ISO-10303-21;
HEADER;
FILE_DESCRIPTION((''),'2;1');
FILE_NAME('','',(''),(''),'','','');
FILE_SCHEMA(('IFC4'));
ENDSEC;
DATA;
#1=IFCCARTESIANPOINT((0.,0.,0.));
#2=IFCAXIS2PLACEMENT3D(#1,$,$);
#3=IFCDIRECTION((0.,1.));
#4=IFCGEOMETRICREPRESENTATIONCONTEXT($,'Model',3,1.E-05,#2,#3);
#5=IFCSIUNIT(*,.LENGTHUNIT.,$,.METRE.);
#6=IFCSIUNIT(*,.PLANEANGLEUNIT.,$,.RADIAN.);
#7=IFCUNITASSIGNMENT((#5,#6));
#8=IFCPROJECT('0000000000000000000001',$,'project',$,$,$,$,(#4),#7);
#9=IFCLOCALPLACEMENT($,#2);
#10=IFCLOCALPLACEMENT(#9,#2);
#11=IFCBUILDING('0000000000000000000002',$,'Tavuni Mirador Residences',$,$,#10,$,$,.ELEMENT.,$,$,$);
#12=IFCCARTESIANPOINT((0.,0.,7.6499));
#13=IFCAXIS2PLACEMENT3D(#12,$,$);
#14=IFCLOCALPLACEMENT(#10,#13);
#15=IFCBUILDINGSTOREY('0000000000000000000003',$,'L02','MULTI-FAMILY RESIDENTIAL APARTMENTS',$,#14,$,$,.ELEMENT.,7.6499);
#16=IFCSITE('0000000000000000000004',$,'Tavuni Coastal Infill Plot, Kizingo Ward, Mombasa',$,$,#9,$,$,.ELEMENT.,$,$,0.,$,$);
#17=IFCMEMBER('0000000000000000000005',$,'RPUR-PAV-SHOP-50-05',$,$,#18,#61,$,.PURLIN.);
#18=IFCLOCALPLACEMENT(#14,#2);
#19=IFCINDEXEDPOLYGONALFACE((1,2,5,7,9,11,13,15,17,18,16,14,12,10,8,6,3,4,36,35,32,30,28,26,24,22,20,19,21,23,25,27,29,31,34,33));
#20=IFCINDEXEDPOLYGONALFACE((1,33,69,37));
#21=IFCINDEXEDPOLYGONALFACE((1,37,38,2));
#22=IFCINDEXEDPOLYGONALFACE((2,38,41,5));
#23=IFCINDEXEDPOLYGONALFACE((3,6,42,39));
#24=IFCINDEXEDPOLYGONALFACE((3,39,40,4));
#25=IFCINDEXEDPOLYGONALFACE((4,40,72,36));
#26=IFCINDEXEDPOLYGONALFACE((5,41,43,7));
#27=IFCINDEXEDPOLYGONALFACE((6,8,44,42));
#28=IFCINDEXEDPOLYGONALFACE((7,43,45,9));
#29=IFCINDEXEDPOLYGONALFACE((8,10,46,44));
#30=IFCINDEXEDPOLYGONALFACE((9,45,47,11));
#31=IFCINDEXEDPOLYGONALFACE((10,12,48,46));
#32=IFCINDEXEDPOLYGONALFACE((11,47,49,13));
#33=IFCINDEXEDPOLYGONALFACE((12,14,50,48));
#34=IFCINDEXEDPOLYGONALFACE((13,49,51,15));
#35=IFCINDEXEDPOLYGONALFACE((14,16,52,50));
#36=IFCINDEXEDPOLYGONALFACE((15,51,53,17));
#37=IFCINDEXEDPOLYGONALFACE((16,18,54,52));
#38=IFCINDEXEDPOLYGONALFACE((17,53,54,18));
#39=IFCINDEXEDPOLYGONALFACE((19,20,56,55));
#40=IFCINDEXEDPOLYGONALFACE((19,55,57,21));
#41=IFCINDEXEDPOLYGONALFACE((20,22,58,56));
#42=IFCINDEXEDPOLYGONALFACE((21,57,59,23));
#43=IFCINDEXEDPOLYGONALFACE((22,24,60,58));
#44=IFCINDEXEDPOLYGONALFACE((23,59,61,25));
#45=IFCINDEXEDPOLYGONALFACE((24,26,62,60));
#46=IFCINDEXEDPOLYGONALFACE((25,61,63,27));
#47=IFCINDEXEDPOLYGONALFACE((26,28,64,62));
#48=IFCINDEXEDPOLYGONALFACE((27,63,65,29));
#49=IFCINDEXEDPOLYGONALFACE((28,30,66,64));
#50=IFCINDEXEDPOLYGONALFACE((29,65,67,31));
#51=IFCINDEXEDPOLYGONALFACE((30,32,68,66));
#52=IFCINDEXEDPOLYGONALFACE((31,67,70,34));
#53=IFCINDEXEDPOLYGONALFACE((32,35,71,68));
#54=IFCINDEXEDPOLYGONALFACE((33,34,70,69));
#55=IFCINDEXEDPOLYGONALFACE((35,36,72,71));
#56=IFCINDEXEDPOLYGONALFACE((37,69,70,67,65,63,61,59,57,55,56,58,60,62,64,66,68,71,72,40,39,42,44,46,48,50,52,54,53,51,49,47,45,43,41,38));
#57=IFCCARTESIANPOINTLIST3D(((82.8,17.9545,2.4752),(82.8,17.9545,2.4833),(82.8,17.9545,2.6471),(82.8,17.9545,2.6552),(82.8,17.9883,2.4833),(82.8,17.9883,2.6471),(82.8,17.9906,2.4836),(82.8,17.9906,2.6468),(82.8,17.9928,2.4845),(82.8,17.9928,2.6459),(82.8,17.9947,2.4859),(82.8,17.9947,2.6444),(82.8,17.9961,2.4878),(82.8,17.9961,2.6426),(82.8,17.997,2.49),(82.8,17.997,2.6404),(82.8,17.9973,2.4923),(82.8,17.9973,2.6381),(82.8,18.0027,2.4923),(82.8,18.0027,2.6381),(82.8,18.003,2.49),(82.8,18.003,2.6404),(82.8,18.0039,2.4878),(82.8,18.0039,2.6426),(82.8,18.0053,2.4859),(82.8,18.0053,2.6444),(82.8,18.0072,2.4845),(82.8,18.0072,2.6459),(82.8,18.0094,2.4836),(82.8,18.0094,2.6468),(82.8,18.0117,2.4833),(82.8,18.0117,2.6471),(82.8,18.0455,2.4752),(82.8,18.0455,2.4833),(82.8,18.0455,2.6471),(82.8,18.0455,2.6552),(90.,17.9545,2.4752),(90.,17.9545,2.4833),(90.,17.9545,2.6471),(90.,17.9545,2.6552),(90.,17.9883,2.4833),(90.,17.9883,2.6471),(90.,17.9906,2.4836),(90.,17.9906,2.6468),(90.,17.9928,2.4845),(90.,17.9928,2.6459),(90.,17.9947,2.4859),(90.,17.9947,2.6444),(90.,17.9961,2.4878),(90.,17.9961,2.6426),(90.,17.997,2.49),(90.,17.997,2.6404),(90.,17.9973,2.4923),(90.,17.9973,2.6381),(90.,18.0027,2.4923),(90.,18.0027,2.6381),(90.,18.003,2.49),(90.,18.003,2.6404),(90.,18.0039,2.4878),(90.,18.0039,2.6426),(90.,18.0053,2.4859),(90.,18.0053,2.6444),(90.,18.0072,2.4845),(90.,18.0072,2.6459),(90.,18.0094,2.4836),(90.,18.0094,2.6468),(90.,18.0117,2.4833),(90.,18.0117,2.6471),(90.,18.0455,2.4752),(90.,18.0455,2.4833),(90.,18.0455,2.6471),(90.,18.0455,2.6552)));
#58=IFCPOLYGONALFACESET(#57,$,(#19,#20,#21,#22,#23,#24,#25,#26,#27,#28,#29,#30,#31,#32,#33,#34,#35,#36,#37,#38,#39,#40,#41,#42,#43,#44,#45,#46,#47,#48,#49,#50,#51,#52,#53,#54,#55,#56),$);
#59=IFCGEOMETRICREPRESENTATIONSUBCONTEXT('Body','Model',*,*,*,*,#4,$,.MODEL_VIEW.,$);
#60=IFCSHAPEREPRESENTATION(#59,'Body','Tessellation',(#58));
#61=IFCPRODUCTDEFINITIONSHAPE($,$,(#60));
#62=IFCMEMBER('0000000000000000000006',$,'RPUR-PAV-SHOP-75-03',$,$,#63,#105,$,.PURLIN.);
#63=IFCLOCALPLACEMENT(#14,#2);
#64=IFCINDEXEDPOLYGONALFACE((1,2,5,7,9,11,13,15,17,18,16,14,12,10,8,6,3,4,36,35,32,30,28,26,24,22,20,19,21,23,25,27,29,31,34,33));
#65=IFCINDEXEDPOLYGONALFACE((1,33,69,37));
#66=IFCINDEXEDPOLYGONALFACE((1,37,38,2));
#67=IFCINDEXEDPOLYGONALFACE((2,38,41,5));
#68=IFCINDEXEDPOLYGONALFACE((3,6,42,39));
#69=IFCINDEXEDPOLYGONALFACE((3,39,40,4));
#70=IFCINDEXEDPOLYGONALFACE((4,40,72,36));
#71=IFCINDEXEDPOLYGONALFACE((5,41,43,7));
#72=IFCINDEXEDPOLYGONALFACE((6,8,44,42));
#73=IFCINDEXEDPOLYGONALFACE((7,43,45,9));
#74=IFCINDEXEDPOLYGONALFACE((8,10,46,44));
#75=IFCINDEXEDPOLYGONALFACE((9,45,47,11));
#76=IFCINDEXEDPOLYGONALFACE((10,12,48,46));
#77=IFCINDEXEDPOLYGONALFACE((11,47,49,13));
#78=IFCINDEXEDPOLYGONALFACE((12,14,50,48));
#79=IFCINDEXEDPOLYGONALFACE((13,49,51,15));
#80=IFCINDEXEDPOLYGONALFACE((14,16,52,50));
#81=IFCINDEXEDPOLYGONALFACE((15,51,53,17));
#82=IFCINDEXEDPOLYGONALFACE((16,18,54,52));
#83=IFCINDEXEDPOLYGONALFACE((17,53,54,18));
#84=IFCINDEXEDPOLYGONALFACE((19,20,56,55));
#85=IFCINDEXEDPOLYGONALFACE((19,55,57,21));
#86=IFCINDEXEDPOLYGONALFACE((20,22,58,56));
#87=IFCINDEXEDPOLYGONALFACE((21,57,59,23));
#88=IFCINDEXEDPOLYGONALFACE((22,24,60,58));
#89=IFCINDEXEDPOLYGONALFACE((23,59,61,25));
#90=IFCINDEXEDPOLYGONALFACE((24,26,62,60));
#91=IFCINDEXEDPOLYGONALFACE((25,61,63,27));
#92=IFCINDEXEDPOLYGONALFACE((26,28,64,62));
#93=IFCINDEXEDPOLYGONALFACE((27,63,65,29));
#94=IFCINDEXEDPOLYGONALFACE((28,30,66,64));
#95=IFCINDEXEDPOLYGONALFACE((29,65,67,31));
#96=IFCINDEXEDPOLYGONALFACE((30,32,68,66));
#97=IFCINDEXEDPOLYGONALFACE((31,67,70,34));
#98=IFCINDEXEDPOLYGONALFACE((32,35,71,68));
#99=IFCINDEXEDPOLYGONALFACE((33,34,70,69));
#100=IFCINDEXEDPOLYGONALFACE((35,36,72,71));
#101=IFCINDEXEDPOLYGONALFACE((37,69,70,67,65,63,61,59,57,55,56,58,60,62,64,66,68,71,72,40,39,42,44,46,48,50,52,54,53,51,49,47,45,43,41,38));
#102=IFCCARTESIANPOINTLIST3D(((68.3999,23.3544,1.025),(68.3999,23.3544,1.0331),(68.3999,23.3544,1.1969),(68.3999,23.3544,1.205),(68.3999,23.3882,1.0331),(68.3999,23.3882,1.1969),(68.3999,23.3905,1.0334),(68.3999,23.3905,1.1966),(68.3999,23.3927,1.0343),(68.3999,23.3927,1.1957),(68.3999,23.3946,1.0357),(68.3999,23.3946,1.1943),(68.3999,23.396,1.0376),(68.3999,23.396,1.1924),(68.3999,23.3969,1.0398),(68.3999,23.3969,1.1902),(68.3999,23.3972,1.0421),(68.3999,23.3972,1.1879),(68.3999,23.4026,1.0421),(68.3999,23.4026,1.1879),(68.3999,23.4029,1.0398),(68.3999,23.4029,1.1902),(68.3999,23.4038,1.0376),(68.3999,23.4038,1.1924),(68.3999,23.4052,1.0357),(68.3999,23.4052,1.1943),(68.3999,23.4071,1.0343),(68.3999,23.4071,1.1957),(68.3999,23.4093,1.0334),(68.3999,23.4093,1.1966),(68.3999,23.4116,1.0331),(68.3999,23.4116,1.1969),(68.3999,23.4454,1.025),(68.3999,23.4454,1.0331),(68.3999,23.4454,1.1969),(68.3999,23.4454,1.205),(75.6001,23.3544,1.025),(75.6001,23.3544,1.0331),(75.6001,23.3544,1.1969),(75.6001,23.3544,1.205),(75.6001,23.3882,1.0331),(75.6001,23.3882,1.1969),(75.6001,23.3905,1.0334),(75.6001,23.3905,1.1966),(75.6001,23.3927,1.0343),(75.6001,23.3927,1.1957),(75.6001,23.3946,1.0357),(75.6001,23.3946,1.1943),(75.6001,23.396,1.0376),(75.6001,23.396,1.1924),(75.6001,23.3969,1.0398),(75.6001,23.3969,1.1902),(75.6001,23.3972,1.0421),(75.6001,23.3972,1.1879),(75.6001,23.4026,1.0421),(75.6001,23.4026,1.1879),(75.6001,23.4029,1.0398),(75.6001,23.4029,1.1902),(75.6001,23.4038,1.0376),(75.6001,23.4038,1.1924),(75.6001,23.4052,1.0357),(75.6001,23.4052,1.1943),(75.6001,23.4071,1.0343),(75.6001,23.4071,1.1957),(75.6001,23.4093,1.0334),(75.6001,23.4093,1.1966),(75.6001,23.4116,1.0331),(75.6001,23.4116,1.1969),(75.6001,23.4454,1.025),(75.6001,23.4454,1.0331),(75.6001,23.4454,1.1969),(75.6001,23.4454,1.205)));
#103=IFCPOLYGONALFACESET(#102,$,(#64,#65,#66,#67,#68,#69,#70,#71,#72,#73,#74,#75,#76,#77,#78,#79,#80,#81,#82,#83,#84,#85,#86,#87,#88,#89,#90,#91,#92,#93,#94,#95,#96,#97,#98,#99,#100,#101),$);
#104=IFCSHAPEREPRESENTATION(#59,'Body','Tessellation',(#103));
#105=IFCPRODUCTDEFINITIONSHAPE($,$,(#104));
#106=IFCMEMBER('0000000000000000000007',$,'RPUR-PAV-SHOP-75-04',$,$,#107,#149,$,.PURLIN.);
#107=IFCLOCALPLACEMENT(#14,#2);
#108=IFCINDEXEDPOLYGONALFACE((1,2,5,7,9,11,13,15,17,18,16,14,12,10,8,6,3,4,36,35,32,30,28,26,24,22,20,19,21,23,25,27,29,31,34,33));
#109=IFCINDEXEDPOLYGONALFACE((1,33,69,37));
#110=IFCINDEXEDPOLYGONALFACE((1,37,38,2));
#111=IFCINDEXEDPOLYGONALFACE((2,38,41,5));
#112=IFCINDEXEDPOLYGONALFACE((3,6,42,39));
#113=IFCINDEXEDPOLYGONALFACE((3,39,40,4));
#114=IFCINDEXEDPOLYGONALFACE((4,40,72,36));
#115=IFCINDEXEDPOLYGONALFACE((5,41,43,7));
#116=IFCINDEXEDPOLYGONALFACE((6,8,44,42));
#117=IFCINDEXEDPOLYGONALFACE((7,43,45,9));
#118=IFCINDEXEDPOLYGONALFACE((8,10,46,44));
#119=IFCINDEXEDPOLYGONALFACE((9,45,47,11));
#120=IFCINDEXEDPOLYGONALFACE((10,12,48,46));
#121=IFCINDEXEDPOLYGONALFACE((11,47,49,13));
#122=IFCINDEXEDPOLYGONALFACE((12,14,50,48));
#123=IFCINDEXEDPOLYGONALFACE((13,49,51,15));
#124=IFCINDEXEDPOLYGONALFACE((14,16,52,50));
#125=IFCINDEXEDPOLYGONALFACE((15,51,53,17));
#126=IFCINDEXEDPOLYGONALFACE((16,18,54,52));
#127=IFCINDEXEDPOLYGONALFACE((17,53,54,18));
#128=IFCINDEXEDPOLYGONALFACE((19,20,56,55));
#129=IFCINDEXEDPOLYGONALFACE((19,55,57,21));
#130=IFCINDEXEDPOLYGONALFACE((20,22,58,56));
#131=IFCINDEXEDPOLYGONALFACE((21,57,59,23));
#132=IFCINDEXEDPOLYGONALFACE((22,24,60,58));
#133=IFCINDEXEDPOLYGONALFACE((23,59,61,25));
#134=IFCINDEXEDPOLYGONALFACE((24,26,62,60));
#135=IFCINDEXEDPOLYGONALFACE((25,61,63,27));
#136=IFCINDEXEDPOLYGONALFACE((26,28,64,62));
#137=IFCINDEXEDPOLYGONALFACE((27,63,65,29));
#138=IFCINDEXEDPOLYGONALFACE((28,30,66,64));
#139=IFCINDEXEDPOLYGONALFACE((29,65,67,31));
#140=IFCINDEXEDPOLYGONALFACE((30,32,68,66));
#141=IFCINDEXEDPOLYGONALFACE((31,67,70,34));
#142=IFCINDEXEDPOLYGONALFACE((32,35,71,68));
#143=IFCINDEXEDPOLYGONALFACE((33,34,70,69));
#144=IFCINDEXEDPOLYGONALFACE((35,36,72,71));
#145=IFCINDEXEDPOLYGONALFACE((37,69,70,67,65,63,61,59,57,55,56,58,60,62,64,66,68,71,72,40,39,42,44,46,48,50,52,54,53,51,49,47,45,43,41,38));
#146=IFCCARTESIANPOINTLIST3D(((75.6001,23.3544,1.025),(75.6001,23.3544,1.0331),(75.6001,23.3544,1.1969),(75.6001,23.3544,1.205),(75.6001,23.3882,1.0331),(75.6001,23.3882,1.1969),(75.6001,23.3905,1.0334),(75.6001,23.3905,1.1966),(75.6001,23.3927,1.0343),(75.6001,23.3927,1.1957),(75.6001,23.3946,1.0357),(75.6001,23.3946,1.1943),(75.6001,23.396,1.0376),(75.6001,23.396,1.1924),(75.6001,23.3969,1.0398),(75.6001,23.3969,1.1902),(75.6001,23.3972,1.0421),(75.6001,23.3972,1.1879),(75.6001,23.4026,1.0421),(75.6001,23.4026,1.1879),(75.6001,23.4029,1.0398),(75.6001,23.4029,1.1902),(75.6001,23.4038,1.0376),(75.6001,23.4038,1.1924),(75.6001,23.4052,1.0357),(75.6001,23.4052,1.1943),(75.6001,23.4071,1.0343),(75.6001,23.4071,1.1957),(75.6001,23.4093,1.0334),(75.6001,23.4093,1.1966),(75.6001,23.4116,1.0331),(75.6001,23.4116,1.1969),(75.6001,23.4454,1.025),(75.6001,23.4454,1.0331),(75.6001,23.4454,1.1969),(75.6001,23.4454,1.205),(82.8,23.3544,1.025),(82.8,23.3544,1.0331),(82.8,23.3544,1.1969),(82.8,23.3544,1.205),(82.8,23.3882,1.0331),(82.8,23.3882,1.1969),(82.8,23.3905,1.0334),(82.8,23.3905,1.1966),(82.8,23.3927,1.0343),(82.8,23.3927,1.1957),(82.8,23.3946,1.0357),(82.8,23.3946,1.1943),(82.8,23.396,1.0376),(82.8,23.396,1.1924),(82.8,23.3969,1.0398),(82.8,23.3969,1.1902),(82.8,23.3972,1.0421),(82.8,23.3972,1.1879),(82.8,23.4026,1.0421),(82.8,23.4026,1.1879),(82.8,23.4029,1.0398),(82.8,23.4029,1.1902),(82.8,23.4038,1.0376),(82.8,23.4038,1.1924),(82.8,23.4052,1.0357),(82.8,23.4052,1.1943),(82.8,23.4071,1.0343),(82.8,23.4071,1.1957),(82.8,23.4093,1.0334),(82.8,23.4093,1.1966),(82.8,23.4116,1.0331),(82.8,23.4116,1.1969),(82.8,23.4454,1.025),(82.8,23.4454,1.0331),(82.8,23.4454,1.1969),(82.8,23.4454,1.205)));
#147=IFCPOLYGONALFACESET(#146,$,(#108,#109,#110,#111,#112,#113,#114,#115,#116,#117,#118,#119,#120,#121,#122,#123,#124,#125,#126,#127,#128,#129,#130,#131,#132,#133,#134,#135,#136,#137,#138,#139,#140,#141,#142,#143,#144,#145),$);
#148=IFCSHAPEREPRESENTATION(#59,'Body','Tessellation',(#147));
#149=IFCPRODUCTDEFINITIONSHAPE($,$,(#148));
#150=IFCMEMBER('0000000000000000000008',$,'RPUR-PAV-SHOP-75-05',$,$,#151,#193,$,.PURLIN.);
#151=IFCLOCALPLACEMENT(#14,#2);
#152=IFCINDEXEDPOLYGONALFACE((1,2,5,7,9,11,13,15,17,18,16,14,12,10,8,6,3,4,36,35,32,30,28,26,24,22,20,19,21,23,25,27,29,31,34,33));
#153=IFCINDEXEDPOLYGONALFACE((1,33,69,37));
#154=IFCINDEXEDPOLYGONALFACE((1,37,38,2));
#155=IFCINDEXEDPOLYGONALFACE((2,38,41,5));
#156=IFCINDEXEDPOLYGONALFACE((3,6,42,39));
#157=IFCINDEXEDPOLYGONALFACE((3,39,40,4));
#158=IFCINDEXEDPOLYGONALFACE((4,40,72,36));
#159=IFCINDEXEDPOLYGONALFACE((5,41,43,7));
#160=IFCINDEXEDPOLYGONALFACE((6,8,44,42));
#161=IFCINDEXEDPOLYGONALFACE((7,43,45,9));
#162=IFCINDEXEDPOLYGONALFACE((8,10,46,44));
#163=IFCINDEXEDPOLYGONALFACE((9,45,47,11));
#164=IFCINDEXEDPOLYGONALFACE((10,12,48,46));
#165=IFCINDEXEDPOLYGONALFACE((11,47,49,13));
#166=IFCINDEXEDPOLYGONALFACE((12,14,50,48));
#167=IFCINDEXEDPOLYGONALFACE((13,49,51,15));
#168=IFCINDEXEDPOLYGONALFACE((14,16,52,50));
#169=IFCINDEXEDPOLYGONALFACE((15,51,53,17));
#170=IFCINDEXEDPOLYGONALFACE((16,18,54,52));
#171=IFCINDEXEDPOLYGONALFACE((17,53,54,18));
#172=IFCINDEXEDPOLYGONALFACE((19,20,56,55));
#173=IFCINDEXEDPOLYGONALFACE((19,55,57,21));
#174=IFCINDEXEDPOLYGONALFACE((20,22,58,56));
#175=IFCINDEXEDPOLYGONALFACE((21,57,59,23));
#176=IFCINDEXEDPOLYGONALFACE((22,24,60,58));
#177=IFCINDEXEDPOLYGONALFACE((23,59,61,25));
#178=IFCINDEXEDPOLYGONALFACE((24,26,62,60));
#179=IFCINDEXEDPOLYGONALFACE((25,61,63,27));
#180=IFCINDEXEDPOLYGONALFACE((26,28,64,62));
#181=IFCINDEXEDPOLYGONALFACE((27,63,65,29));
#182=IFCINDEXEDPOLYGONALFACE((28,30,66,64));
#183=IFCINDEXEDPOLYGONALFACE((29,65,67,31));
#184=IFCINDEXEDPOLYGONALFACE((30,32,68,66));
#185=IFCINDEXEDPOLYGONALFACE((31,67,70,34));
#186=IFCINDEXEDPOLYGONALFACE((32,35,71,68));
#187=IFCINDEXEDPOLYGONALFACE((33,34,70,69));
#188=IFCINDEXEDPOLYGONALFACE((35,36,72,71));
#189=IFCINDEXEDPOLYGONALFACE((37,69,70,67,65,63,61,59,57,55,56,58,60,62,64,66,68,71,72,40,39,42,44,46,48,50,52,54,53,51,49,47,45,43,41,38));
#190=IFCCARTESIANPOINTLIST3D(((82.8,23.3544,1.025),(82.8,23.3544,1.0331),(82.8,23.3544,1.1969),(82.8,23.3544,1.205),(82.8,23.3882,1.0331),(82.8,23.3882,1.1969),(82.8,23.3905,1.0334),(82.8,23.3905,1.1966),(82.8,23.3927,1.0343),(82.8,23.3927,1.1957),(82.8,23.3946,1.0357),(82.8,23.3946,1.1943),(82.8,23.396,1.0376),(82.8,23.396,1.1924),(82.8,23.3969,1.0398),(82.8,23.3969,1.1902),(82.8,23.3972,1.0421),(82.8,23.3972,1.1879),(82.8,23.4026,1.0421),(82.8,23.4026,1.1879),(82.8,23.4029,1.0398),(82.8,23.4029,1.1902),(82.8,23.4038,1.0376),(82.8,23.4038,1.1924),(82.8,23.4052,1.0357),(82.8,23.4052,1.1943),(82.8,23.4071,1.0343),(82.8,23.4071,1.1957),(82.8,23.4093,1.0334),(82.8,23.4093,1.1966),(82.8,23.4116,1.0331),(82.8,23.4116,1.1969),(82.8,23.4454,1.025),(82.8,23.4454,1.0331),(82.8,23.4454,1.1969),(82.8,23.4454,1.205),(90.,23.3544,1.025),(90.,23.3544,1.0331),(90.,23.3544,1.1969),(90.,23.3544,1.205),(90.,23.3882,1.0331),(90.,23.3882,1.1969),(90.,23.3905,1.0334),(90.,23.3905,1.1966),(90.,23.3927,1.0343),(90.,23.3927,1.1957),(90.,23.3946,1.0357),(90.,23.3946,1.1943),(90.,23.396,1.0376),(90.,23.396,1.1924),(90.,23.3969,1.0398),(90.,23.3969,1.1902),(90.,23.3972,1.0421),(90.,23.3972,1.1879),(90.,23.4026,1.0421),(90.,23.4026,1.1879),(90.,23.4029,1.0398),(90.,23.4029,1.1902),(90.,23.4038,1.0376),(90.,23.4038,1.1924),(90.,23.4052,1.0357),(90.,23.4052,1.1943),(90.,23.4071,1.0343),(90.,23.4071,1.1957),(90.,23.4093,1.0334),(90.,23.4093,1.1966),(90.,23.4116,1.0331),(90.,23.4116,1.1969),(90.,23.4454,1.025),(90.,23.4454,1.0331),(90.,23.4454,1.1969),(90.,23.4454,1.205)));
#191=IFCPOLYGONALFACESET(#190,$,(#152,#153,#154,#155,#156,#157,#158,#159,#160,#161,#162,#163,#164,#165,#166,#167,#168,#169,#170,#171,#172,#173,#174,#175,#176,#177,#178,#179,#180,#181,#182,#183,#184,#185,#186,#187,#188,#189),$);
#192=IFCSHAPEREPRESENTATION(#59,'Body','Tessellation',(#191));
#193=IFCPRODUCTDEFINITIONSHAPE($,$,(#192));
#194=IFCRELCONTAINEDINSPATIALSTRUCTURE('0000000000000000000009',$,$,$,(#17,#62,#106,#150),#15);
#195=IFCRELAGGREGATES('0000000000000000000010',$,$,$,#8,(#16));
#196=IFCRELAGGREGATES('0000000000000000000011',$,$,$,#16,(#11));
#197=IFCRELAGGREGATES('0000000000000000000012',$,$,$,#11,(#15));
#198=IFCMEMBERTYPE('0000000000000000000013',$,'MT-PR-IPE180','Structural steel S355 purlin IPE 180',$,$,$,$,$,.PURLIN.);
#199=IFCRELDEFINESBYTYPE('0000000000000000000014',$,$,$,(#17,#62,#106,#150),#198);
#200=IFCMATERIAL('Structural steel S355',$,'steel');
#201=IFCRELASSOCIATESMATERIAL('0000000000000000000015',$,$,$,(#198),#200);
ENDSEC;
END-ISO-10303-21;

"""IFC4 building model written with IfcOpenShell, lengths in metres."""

from ifc_helpers import new_model, si_unit, direction, frame, origin, origin_2d, place, context, subcontext, project, spatial, i_section, extrude, material, material_profile, profile_set, type_object, element, save


model = new_model("IFC4")

# Units and contexts
model_context = context("Model", 3, precision=1e-05, world=origin(), true_north=direction((0.0, 1.0)))
body_context = subcontext(model_context, "Body", "Model", "MODEL_VIEW")
ifc_project = project(units=[si_unit("LENGTHUNIT", "METRE"), si_unit("PLANEANGLEUNIT", "RADIAN")], contexts=[model_context])

# Site, building, storey
site_placement = place(None, origin())
site = spatial("IfcSite", under=ifc_project, at=site_placement, Name="Tavuni Coastal Infill Plot, Kizingo Ward, Mombasa", CompositionType="ELEMENT", RefElevation=0.0)
building_placement = place(site_placement, origin())
building = spatial("IfcBuilding", under=site, at=building_placement, Name="Tavuni Mirador Residences", CompositionType="ELEMENT")
storey_placement = place(building_placement, frame((0.0, 0.0, 7.6499)))
storey = spatial("IfcBuildingStorey", under=building, at=storey_placement, Name="L02", Description="MULTI-FAMILY RESIDENTIAL APARTMENTS", CompositionType="ELEMENT", Elevation=7.6499)

# Members
ifc_material_1 = material(Name="Structural steel S355", Category="steel")
ifc_material_profile_1 = material_profile(ifc_material_1, i_section(OverallWidth=0.0911, OverallDepth=0.1799, WebThickness=0.0054, FlangeThickness=0.0081, FilletRadius=0.009, at=origin_2d()), Name="IPE 180", Category="steel")
ifc_profile_set_1 = profile_set([ifc_material_profile_1], Name="Structural steel S355")
member_type_1 = type_object("IfcMemberType", Name="MT-PR-IPE180", Description="Structural steel S355 purlin IPE 180", PredefinedType="PURLIN", material=ifc_profile_set_1)
for number, where, z_axis, x_axis, name in (
    (1, (82.8, 18.0, 2.5652), (1.0, 0.0, 0.0), (0.0, 1.0, 0.0), "RPUR-PAV-SHOP-50-05"),
):
    element("IfcMember", number, at=place(storey_placement, frame(where, z_axis=z_axis, x_axis=x_axis)), inside=storey, type_object=member_type_1, Name=name, PredefinedType="PURLIN", context=body_context, shape_type="SweptSolid", body=[
        extrude(i_section(OverallWidth=0.0911, OverallDepth=0.1799, WebThickness=0.0054, FlangeThickness=0.0081, FilletRadius=0.009, at=origin_2d()), origin(), (0.0, 0.0, 1.0), 7.2),
    ])
member_1_placement = place(storey_placement, frame((68.3999, 23.3999, 1.115), z_axis=(1.0, 0.0, 0.0), x_axis=(0.0, 1.0, 0.0)))
element("IfcMember", 2, at=member_1_placement, inside=storey, type_object=member_type_1, Name="RPUR-PAV-SHOP-75-03", PredefinedType="PURLIN", context=body_context, shape_type="SweptSolid", body=[
    extrude(i_section(OverallWidth=0.0911, OverallDepth=0.1799, WebThickness=0.0054, FlangeThickness=0.0081, FilletRadius=0.009, at=origin_2d()), origin(), (0.0, 0.0, 1.0), 7.2002),
])
for number, where, z_axis, x_axis, name in (
    (3, (75.6001, 23.3999, 1.115), (1.0, 0.0, 0.0), (0.0, 1.0, 0.0), "RPUR-PAV-SHOP-75-04"),
    (4, (82.8, 23.3999, 1.115), (1.0, 0.0, 0.0), (0.0, 1.0, 0.0), "RPUR-PAV-SHOP-75-05"),
):
    element("IfcMember", number, at=place(storey_placement, frame(where, z_axis=z_axis, x_axis=x_axis)), inside=storey, type_object=member_type_1, Name=name, PredefinedType="PURLIN", context=body_context, shape_type="SweptSolid", body=[
        extrude(i_section(OverallWidth=0.0911, OverallDepth=0.1799, WebThickness=0.0054, FlangeThickness=0.0081, FilletRadius=0.009, at=origin_2d()), origin(), (0.0, 0.0, 1.0), 7.2),
    ])

save(model, "model.ifc")
